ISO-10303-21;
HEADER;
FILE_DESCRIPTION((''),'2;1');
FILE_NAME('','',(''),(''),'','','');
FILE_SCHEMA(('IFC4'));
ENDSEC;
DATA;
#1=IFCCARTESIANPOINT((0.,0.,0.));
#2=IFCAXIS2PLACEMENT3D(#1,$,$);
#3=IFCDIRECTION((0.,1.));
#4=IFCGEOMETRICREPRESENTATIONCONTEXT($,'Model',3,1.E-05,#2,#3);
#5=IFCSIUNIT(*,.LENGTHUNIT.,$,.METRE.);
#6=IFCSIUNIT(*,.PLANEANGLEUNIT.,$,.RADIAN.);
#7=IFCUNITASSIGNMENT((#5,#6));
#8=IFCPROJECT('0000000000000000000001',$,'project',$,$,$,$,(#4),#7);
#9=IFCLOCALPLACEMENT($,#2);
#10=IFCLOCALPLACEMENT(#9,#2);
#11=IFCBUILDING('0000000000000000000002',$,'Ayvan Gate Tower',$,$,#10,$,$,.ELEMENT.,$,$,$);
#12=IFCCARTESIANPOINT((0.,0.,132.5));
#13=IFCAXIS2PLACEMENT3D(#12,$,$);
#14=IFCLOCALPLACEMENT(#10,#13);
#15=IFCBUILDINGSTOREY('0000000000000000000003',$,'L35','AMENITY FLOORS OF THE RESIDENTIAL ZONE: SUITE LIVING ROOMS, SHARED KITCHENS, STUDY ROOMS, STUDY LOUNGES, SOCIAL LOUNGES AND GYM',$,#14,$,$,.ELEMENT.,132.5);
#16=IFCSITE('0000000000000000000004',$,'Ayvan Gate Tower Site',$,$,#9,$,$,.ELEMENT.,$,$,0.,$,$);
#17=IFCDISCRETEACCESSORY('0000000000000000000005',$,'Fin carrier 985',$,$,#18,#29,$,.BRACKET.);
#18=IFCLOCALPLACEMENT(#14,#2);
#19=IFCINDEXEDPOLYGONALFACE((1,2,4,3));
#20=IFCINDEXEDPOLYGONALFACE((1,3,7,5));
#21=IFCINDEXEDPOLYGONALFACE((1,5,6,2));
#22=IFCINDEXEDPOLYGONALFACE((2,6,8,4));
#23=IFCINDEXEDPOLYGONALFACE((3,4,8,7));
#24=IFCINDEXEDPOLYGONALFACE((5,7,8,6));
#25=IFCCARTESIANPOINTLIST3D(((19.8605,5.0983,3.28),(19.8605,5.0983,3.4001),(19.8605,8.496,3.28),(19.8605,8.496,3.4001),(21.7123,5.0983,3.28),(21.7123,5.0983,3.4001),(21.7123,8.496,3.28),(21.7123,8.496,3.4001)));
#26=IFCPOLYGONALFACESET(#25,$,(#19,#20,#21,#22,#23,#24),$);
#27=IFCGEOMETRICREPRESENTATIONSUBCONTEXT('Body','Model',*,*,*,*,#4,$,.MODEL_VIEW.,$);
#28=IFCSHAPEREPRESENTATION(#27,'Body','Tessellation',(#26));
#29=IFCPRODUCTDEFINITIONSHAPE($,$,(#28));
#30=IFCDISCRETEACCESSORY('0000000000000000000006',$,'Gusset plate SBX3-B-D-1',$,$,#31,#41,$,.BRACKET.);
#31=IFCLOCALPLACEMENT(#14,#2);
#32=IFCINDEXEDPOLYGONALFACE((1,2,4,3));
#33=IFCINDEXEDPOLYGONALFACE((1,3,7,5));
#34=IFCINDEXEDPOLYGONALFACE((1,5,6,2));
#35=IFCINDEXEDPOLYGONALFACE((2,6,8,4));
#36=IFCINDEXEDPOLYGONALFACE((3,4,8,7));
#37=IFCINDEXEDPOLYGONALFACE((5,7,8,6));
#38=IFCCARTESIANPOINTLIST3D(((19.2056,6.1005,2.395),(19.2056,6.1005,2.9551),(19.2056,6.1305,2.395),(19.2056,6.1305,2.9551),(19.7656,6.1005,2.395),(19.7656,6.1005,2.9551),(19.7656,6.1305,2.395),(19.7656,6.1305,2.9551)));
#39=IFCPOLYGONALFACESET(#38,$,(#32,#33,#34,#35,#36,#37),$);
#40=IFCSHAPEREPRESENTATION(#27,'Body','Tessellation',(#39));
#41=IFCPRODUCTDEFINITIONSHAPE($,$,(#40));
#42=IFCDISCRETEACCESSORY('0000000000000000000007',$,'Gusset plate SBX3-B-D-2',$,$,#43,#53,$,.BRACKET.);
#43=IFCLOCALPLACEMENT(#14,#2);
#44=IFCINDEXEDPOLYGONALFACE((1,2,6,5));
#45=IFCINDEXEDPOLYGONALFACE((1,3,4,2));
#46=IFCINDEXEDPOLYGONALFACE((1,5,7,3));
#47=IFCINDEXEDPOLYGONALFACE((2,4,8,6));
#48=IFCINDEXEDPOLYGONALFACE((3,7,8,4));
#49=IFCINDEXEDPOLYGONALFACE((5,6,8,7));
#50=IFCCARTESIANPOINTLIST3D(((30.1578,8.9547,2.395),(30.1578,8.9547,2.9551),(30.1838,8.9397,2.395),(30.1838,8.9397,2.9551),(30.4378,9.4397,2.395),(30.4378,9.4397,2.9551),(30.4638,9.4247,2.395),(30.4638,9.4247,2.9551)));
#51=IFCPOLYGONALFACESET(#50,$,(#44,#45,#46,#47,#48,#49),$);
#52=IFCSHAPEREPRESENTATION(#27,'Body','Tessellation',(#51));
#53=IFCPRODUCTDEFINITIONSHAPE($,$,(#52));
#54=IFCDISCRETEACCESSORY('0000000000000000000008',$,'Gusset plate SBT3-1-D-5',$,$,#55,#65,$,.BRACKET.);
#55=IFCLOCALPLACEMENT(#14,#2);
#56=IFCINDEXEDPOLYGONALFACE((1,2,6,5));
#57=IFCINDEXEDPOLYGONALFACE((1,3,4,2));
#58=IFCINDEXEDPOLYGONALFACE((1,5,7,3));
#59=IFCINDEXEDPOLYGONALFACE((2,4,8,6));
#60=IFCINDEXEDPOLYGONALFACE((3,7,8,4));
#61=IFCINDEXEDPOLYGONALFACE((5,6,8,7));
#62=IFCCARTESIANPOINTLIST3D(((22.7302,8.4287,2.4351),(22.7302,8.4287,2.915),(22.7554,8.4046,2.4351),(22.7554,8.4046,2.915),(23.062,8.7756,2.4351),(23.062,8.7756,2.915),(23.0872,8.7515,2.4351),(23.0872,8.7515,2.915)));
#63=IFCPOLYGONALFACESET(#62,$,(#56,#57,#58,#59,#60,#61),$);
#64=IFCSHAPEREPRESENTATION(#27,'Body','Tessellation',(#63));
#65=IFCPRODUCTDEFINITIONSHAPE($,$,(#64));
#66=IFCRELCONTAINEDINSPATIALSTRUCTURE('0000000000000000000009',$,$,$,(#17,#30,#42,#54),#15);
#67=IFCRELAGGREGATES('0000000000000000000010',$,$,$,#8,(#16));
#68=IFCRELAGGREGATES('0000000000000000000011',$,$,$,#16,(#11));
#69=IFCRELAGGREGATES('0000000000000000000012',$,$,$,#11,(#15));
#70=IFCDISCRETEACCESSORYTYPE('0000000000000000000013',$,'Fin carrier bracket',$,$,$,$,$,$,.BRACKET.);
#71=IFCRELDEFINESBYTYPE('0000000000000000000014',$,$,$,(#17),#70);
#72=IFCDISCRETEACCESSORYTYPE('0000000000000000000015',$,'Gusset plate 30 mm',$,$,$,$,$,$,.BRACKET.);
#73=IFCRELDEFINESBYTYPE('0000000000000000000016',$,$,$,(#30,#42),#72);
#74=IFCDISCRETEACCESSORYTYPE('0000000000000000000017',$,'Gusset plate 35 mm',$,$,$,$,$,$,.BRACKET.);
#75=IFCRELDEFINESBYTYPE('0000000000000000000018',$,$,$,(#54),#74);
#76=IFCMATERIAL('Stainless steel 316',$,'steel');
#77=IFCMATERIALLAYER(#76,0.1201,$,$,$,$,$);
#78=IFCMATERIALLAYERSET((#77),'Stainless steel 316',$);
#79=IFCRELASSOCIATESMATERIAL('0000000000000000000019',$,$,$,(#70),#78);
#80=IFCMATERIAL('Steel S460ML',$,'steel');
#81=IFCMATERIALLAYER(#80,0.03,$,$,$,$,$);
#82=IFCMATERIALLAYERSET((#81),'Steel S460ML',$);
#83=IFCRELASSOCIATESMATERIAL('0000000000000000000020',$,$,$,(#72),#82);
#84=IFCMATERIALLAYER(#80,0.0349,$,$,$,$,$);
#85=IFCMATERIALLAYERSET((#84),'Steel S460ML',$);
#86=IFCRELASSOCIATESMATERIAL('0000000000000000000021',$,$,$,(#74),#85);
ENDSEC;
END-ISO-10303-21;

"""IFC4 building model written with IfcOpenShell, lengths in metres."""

from ifc_helpers import new_model, si_unit, direction, frame, origin, origin_2d, place, context, subcontext, project, spatial, rectangle, extrude, material, layer, layer_set, type_object, element, save


model = new_model("IFC4")

# Units and contexts
model_context = context("Model", 3, precision=1e-05, world=origin(), true_north=direction((0.0, 1.0)))
body_context = subcontext(model_context, "Body", "Model", "MODEL_VIEW")
ifc_project = project(units=[si_unit("LENGTHUNIT", "METRE"), si_unit("PLANEANGLEUNIT", "RADIAN")], contexts=[model_context])

# Site, building, storey
site_placement = place(None, origin())
site = spatial("IfcSite", under=ifc_project, at=site_placement, Name="Ayvan Gate Tower Site", CompositionType="ELEMENT", RefElevation=0.0)
building_placement = place(site_placement, origin())
building = spatial("IfcBuilding", under=site, at=building_placement, Name="Ayvan Gate Tower", CompositionType="ELEMENT")
storey_placement = place(building_placement, frame((0.0, 0.0, 132.5)))
storey = spatial("IfcBuildingStorey", under=building, at=storey_placement, Name="L35", Description="AMENITY FLOORS OF THE RESIDENTIAL ZONE: SUITE LIVING ROOMS, SHARED KITCHENS, STUDY ROOMS, STUDY LOUNGES, SOCIAL LOUNGES AND GYM", CompositionType="ELEMENT", Elevation=132.5)

# Discrete accessories
ifc_material_1 = material(Name="Stainless steel 316", Category="steel")
ifc_layer_1 = layer(ifc_material_1, 0.1201)
ifc_layer_set_1 = layer_set([ifc_layer_1], Name="Stainless steel 316")
discrete_accessory_type_1 = type_object("IfcDiscreteAccessoryType", Name="Fin carrier bracket", PredefinedType="BRACKET", material=ifc_layer_set_1)
discrete_accessory_1_placement = place(storey_placement, frame((20.7864, 6.7971, 3.28), z_axis=(0.0, 0.0, 1.0), x_axis=(0.0, 1.0, 0.0)))
element("IfcDiscreteAccessory", 1, at=discrete_accessory_1_placement, inside=storey, type_object=discrete_accessory_type_1, Name="Fin carrier 985", PredefinedType="BRACKET", context=body_context, shape_type="SweptSolid", body=[
    extrude(rectangle(XDim=3.3977, YDim=1.8518, at=origin_2d()), origin(), (0.0, 0.0, 1.0), 0.1201),
])
ifc_material_2 = material(Name="Steel S460ML", Category="steel")
ifc_layer_2 = layer(ifc_material_2, 0.03)
ifc_layer_set_2 = layer_set([ifc_layer_2], Name="Steel S460ML")
discrete_accessory_type_2 = type_object("IfcDiscreteAccessoryType", Name="Gusset plate 30 mm", PredefinedType="BRACKET", material=ifc_layer_set_2)
for number, where, z_axis, x_axis, name in (
    (2, (19.4856, 6.1155, 2.395), (0.0, 0.0, 1.0), (1.0, 0.0, 0.0), "Gusset plate SBX3-B-D-1"),
    (3, (30.3108, 9.1897, 2.395), (0.0, 0.0, 1.0), (0.5, 0.866025, 0.0), "Gusset plate SBX3-B-D-2"),
):
    element("IfcDiscreteAccessory", number, at=place(storey_placement, frame(where, z_axis=z_axis, x_axis=x_axis)), inside=storey, type_object=discrete_accessory_type_2, Name=name, PredefinedType="BRACKET", context=body_context, shape_type="SweptSolid", body=[
        extrude(rectangle(XDim=0.5601, YDim=0.03, at=origin_2d()), origin(), (0.0, 0.0, 1.0), 0.5601),
    ])
ifc_layer_3 = layer(ifc_material_2, 0.0349)
ifc_layer_set_3 = layer_set([ifc_layer_3], Name="Steel S460ML")
discrete_accessory_type_3 = type_object("IfcDiscreteAccessoryType", Name="Gusset plate 35 mm", PredefinedType="BRACKET", material=ifc_layer_set_3)
discrete_accessory_2_placement = place(storey_placement, frame((22.9087, 8.5901, 2.4351), z_axis=(0.0, 0.0, 1.0), x_axis=(0.691214, 0.72265, 0.0)))
element("IfcDiscreteAccessory", 4, at=discrete_accessory_2_placement, inside=storey, type_object=discrete_accessory_type_3, Name="Gusset plate SBT3-1-D-5", PredefinedType="BRACKET", context=body_context, shape_type="SweptSolid", body=[
    extrude(rectangle(XDim=0.48, YDim=0.0349, at=origin_2d()), origin(), (0.0, 0.0, 1.0), 0.48),
])

save(model, "model.ifc")
